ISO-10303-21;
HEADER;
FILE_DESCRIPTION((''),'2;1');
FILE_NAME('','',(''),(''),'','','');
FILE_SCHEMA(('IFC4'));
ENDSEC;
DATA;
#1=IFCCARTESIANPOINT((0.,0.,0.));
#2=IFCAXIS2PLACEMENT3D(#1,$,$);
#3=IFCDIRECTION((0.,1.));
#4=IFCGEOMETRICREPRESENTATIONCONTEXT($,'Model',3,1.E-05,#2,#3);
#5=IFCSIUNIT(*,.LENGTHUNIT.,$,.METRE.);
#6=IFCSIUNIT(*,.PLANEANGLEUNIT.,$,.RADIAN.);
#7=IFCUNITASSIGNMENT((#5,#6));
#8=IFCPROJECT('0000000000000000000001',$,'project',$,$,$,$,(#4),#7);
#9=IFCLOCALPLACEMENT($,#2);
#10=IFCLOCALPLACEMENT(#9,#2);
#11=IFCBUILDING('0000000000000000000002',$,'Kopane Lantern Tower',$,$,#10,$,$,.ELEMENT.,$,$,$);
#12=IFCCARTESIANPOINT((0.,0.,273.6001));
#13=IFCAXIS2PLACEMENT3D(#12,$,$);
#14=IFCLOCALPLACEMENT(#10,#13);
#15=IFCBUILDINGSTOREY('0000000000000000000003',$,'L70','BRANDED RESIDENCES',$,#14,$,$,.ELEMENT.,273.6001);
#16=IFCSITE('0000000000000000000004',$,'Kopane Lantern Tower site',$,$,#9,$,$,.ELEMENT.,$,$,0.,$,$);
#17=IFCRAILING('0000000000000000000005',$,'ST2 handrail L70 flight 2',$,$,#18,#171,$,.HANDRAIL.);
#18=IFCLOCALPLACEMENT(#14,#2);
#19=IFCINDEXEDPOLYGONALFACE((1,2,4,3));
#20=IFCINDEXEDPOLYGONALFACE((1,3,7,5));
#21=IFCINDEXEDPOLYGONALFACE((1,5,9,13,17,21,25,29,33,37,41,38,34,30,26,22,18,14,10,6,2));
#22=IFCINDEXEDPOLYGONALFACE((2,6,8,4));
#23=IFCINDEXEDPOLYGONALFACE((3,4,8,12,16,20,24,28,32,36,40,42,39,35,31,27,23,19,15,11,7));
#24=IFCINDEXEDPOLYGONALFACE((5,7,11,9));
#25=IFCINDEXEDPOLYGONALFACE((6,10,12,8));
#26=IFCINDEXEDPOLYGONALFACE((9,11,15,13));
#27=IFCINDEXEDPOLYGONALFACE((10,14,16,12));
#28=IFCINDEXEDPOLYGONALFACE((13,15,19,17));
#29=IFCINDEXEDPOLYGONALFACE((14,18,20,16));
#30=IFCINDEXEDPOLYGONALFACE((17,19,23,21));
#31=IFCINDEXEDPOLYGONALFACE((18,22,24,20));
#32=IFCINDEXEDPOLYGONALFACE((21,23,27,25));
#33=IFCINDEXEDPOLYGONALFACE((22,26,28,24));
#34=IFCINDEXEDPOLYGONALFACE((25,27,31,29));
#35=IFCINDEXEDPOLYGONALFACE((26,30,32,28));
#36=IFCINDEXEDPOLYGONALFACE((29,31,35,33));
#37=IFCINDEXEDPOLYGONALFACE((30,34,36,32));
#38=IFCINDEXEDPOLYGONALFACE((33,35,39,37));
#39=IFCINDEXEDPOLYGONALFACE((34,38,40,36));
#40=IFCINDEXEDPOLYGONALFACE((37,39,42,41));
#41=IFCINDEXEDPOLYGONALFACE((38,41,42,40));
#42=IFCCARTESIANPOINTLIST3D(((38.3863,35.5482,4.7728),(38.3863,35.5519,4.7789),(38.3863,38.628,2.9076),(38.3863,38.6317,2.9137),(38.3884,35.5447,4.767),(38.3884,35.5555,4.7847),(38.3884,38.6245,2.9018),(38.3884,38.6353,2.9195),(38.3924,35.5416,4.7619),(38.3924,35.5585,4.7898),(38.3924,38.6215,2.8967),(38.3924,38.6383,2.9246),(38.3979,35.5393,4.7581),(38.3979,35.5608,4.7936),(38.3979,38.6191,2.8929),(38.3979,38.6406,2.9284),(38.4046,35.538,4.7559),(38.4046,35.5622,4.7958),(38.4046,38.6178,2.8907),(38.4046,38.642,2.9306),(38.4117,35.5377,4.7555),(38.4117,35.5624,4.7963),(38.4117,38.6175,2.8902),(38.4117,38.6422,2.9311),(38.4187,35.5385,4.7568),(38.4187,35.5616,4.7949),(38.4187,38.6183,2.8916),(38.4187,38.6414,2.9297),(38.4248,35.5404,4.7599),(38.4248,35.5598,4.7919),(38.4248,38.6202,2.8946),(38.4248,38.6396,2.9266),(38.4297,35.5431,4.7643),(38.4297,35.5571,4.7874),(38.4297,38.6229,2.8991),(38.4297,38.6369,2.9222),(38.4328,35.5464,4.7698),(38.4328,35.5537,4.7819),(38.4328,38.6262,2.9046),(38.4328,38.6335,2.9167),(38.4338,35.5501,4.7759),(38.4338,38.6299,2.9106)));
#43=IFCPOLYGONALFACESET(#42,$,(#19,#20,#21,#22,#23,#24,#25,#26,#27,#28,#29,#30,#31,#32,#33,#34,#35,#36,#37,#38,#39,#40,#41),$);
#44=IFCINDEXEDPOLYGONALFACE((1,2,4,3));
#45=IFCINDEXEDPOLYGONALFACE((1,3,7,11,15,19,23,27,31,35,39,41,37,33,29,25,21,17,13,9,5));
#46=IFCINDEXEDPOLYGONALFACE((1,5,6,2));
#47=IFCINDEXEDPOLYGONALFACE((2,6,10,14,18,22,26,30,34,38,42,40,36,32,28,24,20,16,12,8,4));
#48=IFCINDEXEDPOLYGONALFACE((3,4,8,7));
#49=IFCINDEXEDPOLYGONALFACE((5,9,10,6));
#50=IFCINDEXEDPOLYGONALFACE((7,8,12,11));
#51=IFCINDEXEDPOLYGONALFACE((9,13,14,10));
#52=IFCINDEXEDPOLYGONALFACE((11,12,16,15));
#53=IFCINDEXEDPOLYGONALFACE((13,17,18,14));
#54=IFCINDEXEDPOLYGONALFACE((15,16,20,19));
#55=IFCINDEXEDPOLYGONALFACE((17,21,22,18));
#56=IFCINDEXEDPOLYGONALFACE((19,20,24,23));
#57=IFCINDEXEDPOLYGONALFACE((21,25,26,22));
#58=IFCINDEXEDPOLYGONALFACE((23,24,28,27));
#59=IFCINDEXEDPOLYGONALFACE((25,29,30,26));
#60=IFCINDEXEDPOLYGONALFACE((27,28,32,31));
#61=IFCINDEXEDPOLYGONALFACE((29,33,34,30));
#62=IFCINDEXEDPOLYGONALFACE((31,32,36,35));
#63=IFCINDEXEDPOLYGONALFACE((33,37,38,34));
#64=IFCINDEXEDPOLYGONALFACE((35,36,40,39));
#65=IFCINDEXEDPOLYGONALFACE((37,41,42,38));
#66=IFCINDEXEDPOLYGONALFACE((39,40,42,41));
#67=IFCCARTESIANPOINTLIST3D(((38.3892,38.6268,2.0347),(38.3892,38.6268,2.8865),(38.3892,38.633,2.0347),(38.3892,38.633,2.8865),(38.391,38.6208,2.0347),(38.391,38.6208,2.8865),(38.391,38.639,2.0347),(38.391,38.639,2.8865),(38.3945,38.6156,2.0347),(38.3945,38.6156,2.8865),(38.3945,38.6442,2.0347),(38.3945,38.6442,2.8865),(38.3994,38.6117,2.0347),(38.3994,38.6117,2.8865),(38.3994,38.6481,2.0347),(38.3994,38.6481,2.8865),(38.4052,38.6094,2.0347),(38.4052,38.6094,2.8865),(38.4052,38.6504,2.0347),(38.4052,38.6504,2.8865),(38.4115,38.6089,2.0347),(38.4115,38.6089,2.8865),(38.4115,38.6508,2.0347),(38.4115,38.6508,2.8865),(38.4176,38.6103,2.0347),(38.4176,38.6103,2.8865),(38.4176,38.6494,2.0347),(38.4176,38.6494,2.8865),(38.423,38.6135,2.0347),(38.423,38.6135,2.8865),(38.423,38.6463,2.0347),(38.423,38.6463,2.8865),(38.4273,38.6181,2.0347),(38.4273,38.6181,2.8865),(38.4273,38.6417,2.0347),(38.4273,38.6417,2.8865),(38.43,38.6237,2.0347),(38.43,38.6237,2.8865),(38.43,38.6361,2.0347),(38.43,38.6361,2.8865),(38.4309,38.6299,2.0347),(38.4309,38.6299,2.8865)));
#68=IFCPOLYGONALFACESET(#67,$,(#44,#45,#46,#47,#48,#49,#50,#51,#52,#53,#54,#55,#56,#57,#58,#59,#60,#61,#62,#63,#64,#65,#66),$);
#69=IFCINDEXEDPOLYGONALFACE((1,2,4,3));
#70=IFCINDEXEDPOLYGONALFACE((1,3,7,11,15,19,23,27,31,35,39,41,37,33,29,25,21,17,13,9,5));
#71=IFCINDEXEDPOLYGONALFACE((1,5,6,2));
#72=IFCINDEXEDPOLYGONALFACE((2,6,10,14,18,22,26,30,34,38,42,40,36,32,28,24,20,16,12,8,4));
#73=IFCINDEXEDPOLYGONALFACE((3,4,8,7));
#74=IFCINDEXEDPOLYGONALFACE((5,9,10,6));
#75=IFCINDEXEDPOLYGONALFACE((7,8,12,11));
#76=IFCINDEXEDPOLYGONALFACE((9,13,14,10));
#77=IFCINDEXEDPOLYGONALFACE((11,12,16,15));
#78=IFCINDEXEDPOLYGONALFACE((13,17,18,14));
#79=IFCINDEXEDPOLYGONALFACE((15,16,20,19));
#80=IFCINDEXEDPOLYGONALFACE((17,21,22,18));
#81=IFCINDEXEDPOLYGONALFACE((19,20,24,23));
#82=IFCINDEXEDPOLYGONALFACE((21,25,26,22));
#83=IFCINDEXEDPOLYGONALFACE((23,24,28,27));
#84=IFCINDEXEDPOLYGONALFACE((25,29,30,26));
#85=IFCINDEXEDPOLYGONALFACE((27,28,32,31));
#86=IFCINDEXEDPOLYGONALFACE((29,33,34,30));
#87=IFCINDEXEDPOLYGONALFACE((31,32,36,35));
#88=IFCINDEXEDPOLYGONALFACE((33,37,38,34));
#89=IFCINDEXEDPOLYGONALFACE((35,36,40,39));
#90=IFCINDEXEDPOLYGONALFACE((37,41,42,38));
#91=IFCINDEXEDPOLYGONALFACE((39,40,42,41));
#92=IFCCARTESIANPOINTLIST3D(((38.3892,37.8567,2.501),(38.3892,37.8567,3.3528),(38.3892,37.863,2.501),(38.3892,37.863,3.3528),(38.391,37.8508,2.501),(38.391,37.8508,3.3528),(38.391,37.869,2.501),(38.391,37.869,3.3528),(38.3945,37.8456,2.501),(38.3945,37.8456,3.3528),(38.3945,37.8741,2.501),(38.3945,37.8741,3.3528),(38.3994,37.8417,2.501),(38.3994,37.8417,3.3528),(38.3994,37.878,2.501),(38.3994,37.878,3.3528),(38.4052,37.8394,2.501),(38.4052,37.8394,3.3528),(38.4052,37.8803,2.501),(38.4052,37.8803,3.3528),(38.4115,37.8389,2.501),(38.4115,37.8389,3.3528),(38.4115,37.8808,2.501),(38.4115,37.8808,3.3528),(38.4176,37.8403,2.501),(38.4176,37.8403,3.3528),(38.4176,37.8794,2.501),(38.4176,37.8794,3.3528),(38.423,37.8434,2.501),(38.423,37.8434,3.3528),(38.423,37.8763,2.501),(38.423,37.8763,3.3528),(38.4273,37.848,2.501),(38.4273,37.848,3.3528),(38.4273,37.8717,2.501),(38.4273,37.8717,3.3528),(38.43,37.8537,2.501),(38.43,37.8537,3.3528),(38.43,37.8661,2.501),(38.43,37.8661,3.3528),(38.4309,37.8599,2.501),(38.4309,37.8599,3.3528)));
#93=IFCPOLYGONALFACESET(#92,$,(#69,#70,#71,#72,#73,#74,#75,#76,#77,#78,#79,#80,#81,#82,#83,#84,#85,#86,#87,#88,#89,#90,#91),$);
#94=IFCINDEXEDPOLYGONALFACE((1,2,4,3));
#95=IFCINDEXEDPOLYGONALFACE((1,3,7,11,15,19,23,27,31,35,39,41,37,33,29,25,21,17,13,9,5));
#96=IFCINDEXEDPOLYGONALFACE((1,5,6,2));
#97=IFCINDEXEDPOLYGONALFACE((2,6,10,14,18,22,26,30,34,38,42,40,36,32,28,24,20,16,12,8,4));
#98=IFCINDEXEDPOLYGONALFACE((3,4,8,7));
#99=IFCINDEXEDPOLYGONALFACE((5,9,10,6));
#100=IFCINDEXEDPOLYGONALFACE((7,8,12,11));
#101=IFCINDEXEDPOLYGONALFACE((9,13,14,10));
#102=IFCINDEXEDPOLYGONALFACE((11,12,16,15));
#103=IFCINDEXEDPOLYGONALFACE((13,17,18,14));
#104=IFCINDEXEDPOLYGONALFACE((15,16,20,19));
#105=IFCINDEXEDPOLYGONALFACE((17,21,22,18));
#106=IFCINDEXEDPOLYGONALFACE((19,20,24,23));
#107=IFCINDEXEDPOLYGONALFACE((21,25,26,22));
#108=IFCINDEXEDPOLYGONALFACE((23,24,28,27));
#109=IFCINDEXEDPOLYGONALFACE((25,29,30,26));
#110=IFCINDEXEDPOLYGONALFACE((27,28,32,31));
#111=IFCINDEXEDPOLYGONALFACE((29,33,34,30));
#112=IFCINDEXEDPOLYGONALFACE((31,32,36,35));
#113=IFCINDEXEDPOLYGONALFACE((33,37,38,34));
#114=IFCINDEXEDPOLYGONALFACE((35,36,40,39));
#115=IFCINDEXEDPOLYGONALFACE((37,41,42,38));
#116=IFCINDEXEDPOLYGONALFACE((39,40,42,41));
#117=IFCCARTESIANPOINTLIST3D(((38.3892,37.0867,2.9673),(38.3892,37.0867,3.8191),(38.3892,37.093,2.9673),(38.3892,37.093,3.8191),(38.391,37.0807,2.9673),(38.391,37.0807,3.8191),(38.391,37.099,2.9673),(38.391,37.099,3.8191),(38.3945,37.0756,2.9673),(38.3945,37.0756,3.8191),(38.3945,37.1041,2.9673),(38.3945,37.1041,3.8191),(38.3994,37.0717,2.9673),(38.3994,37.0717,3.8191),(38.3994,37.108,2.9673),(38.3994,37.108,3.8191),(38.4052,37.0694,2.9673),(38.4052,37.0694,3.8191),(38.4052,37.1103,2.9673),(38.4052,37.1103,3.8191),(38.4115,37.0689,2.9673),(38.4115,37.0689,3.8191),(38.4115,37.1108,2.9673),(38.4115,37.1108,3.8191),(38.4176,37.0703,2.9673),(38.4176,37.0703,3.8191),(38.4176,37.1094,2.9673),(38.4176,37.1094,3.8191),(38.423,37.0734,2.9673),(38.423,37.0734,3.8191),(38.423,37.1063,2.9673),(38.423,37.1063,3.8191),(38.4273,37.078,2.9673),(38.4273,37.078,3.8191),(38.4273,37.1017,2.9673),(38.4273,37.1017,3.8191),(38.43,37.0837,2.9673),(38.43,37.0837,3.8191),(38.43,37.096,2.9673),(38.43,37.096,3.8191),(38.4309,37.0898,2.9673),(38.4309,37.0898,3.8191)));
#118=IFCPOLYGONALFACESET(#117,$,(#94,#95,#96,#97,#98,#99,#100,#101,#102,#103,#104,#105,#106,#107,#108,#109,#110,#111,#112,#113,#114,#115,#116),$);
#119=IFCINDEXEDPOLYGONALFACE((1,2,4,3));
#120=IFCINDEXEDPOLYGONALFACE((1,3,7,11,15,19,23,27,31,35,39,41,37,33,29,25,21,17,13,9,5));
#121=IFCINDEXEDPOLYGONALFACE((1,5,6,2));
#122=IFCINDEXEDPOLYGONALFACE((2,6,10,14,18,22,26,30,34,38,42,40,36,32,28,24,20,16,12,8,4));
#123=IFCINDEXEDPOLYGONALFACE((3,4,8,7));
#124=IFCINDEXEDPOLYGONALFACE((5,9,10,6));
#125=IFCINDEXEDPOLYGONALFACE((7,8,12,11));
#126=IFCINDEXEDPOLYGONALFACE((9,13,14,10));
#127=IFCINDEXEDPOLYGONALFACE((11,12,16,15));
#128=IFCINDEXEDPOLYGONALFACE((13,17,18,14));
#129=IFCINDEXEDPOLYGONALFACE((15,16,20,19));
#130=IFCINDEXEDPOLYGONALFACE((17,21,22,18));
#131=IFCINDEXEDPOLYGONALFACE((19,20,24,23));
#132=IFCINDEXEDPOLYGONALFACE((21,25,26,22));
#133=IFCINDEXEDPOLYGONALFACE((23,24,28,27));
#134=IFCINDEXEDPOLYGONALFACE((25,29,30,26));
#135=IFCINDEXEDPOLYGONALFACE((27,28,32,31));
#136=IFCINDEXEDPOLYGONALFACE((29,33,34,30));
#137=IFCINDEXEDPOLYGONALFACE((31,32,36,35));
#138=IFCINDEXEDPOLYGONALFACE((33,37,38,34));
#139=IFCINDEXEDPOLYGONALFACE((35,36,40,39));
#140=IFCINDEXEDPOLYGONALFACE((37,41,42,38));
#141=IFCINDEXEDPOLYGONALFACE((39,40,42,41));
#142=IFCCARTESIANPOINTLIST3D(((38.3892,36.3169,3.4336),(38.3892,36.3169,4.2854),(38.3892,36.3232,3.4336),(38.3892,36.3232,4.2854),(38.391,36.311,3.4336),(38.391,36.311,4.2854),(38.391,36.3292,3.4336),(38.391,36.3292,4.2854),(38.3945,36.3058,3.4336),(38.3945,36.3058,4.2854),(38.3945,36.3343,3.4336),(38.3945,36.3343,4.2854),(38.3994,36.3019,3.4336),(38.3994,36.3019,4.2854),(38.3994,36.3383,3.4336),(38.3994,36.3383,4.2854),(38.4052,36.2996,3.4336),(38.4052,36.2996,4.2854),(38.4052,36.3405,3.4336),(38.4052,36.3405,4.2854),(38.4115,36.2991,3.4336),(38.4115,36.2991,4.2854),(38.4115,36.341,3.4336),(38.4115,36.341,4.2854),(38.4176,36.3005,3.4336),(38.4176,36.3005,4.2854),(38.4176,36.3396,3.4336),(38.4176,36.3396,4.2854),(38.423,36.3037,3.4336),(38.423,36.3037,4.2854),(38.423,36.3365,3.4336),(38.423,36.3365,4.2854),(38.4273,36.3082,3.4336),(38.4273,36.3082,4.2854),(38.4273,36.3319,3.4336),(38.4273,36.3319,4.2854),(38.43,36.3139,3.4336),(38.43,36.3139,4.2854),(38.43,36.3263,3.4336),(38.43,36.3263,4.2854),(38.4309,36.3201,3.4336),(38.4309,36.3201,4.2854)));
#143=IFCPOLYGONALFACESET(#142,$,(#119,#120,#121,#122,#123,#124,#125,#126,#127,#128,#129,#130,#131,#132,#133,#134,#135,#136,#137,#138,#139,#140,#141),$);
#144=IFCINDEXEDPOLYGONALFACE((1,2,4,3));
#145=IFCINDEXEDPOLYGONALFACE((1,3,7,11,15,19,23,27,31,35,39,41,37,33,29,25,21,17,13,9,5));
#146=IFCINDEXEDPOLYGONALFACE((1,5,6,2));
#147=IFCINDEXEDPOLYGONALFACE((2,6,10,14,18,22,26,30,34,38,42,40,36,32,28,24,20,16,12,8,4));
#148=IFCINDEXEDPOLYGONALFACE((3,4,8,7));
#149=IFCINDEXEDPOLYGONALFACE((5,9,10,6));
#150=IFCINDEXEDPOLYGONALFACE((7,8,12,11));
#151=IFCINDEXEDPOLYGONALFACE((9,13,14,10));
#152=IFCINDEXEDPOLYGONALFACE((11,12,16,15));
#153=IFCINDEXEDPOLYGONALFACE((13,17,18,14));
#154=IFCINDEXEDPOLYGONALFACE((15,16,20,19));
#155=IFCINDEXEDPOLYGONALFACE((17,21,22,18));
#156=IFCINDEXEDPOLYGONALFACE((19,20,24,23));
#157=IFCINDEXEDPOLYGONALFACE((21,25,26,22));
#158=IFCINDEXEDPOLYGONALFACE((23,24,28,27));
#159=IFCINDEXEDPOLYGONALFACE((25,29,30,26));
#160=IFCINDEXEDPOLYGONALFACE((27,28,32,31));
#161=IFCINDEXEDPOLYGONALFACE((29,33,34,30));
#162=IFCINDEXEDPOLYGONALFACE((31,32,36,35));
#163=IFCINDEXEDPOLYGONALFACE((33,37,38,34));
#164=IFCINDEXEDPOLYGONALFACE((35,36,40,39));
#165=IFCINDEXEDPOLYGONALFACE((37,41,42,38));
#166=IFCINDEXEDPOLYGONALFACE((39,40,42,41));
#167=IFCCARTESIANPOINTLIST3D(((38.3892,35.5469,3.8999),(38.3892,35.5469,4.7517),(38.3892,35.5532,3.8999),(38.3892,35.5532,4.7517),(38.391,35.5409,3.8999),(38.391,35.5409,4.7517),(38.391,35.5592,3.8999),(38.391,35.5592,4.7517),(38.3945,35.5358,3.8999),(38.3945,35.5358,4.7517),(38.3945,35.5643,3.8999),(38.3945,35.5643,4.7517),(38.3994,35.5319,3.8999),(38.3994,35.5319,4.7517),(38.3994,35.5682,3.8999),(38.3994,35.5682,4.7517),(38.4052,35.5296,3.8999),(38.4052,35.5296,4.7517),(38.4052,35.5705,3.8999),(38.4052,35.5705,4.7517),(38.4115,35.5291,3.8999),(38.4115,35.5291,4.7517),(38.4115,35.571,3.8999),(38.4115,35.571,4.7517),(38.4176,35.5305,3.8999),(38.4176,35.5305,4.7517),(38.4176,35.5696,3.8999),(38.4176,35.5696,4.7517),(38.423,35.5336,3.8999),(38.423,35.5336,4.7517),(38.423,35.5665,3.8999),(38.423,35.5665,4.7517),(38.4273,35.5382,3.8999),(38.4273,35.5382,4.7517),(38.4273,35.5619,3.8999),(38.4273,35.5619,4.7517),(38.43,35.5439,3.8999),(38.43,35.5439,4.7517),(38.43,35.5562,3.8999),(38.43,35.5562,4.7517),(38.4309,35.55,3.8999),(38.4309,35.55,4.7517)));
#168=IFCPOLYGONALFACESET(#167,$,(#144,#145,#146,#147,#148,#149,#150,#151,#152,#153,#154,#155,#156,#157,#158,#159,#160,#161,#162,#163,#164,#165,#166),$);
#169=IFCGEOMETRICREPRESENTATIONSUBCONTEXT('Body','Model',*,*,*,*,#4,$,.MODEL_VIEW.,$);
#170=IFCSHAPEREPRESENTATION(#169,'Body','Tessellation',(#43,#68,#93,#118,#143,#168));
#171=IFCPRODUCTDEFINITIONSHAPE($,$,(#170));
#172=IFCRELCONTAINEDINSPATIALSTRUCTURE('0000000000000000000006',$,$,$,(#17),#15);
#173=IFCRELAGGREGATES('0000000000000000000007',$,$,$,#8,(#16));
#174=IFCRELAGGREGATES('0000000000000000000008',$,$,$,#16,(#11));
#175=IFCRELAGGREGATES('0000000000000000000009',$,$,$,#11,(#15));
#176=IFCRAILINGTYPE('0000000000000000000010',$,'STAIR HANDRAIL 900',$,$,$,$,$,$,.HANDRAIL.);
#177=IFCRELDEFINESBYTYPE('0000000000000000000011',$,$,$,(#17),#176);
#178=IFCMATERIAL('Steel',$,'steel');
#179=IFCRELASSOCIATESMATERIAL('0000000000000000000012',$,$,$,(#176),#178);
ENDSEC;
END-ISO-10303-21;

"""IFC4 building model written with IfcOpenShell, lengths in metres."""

from ifc_helpers import new_model, si_unit, direction, frame, origin, origin_2d, place, context, subcontext, project, spatial, circle, extrude, material, type_object, element, save


model = new_model("IFC4")

# Units and contexts
model_context = context("Model", 3, precision=1e-05, world=origin(), true_north=direction((0.0, 1.0)))
body_context = subcontext(model_context, "Body", "Model", "MODEL_VIEW")
ifc_project = project(units=[si_unit("LENGTHUNIT", "METRE"), si_unit("PLANEANGLEUNIT", "RADIAN")], contexts=[model_context])

# Site, building, storey
site_placement = place(None, origin())
site = spatial("IfcSite", under=ifc_project, at=site_placement, Name="Kopane Lantern Tower site", CompositionType="ELEMENT", RefElevation=0.0)
building_placement = place(site_placement, origin())
building = spatial("IfcBuilding", under=site, at=building_placement, Name="Kopane Lantern Tower", CompositionType="ELEMENT")
storey_placement = place(building_placement, frame((0.0, 0.0, 273.6001)))
storey = spatial("IfcBuildingStorey", under=building, at=storey_placement, Name="L70", Description="BRANDED RESIDENCES", CompositionType="ELEMENT", Elevation=273.6001)

# Railing
ifc_material_1 = material(Name="Steel", Category="steel")
railing_type = type_object("IfcRailingType", Name="STAIR HANDRAIL 900", PredefinedType="HANDRAIL", material=ifc_material_1)
for number, where, name in (
    (1, (38.4099, 38.6299, 2.0347), "ST2 handrail L70 flight 2"),
):
    element("IfcRailing", number, at=place(storey_placement, frame(where)), inside=storey, type_object=railing_type, Name=name, PredefinedType="HANDRAIL", context=body_context, shape_type="SweptSolid", body=[
        extrude(circle(Radius=0.0239, at=origin_2d()), frame((0.0, 0.0, 0.876), z_axis=(0.0, -0.855362, 0.518031), x_axis=(1.0, 0.0, 0.0)), (0.0, 0.0, 1.0), 3.6006),
        extrude(circle(Radius=0.021, at=origin_2d()), origin(), (0.0, 0.0, 1.0), 0.8518),
        extrude(circle(Radius=0.021, at=origin_2d()), frame((0.0, -0.77, 0.4663)), (0.0, 0.0, 1.0), 0.8518),
        extrude(circle(Radius=0.021, at=origin_2d()), frame((0.0, -1.54, 0.9326)), (0.0, 0.0, 1.0), 0.8518),
        extrude(circle(Radius=0.021, at=origin_2d()), frame((0.0, -2.3098, 1.3989)), (0.0, 0.0, 1.0), 0.8518),
        extrude(circle(Radius=0.021, at=origin_2d()), frame((0.0, -3.0798, 1.8652)), (0.0, 0.0, 1.0), 0.8518),
    ])

save(model, "model.ifc")
